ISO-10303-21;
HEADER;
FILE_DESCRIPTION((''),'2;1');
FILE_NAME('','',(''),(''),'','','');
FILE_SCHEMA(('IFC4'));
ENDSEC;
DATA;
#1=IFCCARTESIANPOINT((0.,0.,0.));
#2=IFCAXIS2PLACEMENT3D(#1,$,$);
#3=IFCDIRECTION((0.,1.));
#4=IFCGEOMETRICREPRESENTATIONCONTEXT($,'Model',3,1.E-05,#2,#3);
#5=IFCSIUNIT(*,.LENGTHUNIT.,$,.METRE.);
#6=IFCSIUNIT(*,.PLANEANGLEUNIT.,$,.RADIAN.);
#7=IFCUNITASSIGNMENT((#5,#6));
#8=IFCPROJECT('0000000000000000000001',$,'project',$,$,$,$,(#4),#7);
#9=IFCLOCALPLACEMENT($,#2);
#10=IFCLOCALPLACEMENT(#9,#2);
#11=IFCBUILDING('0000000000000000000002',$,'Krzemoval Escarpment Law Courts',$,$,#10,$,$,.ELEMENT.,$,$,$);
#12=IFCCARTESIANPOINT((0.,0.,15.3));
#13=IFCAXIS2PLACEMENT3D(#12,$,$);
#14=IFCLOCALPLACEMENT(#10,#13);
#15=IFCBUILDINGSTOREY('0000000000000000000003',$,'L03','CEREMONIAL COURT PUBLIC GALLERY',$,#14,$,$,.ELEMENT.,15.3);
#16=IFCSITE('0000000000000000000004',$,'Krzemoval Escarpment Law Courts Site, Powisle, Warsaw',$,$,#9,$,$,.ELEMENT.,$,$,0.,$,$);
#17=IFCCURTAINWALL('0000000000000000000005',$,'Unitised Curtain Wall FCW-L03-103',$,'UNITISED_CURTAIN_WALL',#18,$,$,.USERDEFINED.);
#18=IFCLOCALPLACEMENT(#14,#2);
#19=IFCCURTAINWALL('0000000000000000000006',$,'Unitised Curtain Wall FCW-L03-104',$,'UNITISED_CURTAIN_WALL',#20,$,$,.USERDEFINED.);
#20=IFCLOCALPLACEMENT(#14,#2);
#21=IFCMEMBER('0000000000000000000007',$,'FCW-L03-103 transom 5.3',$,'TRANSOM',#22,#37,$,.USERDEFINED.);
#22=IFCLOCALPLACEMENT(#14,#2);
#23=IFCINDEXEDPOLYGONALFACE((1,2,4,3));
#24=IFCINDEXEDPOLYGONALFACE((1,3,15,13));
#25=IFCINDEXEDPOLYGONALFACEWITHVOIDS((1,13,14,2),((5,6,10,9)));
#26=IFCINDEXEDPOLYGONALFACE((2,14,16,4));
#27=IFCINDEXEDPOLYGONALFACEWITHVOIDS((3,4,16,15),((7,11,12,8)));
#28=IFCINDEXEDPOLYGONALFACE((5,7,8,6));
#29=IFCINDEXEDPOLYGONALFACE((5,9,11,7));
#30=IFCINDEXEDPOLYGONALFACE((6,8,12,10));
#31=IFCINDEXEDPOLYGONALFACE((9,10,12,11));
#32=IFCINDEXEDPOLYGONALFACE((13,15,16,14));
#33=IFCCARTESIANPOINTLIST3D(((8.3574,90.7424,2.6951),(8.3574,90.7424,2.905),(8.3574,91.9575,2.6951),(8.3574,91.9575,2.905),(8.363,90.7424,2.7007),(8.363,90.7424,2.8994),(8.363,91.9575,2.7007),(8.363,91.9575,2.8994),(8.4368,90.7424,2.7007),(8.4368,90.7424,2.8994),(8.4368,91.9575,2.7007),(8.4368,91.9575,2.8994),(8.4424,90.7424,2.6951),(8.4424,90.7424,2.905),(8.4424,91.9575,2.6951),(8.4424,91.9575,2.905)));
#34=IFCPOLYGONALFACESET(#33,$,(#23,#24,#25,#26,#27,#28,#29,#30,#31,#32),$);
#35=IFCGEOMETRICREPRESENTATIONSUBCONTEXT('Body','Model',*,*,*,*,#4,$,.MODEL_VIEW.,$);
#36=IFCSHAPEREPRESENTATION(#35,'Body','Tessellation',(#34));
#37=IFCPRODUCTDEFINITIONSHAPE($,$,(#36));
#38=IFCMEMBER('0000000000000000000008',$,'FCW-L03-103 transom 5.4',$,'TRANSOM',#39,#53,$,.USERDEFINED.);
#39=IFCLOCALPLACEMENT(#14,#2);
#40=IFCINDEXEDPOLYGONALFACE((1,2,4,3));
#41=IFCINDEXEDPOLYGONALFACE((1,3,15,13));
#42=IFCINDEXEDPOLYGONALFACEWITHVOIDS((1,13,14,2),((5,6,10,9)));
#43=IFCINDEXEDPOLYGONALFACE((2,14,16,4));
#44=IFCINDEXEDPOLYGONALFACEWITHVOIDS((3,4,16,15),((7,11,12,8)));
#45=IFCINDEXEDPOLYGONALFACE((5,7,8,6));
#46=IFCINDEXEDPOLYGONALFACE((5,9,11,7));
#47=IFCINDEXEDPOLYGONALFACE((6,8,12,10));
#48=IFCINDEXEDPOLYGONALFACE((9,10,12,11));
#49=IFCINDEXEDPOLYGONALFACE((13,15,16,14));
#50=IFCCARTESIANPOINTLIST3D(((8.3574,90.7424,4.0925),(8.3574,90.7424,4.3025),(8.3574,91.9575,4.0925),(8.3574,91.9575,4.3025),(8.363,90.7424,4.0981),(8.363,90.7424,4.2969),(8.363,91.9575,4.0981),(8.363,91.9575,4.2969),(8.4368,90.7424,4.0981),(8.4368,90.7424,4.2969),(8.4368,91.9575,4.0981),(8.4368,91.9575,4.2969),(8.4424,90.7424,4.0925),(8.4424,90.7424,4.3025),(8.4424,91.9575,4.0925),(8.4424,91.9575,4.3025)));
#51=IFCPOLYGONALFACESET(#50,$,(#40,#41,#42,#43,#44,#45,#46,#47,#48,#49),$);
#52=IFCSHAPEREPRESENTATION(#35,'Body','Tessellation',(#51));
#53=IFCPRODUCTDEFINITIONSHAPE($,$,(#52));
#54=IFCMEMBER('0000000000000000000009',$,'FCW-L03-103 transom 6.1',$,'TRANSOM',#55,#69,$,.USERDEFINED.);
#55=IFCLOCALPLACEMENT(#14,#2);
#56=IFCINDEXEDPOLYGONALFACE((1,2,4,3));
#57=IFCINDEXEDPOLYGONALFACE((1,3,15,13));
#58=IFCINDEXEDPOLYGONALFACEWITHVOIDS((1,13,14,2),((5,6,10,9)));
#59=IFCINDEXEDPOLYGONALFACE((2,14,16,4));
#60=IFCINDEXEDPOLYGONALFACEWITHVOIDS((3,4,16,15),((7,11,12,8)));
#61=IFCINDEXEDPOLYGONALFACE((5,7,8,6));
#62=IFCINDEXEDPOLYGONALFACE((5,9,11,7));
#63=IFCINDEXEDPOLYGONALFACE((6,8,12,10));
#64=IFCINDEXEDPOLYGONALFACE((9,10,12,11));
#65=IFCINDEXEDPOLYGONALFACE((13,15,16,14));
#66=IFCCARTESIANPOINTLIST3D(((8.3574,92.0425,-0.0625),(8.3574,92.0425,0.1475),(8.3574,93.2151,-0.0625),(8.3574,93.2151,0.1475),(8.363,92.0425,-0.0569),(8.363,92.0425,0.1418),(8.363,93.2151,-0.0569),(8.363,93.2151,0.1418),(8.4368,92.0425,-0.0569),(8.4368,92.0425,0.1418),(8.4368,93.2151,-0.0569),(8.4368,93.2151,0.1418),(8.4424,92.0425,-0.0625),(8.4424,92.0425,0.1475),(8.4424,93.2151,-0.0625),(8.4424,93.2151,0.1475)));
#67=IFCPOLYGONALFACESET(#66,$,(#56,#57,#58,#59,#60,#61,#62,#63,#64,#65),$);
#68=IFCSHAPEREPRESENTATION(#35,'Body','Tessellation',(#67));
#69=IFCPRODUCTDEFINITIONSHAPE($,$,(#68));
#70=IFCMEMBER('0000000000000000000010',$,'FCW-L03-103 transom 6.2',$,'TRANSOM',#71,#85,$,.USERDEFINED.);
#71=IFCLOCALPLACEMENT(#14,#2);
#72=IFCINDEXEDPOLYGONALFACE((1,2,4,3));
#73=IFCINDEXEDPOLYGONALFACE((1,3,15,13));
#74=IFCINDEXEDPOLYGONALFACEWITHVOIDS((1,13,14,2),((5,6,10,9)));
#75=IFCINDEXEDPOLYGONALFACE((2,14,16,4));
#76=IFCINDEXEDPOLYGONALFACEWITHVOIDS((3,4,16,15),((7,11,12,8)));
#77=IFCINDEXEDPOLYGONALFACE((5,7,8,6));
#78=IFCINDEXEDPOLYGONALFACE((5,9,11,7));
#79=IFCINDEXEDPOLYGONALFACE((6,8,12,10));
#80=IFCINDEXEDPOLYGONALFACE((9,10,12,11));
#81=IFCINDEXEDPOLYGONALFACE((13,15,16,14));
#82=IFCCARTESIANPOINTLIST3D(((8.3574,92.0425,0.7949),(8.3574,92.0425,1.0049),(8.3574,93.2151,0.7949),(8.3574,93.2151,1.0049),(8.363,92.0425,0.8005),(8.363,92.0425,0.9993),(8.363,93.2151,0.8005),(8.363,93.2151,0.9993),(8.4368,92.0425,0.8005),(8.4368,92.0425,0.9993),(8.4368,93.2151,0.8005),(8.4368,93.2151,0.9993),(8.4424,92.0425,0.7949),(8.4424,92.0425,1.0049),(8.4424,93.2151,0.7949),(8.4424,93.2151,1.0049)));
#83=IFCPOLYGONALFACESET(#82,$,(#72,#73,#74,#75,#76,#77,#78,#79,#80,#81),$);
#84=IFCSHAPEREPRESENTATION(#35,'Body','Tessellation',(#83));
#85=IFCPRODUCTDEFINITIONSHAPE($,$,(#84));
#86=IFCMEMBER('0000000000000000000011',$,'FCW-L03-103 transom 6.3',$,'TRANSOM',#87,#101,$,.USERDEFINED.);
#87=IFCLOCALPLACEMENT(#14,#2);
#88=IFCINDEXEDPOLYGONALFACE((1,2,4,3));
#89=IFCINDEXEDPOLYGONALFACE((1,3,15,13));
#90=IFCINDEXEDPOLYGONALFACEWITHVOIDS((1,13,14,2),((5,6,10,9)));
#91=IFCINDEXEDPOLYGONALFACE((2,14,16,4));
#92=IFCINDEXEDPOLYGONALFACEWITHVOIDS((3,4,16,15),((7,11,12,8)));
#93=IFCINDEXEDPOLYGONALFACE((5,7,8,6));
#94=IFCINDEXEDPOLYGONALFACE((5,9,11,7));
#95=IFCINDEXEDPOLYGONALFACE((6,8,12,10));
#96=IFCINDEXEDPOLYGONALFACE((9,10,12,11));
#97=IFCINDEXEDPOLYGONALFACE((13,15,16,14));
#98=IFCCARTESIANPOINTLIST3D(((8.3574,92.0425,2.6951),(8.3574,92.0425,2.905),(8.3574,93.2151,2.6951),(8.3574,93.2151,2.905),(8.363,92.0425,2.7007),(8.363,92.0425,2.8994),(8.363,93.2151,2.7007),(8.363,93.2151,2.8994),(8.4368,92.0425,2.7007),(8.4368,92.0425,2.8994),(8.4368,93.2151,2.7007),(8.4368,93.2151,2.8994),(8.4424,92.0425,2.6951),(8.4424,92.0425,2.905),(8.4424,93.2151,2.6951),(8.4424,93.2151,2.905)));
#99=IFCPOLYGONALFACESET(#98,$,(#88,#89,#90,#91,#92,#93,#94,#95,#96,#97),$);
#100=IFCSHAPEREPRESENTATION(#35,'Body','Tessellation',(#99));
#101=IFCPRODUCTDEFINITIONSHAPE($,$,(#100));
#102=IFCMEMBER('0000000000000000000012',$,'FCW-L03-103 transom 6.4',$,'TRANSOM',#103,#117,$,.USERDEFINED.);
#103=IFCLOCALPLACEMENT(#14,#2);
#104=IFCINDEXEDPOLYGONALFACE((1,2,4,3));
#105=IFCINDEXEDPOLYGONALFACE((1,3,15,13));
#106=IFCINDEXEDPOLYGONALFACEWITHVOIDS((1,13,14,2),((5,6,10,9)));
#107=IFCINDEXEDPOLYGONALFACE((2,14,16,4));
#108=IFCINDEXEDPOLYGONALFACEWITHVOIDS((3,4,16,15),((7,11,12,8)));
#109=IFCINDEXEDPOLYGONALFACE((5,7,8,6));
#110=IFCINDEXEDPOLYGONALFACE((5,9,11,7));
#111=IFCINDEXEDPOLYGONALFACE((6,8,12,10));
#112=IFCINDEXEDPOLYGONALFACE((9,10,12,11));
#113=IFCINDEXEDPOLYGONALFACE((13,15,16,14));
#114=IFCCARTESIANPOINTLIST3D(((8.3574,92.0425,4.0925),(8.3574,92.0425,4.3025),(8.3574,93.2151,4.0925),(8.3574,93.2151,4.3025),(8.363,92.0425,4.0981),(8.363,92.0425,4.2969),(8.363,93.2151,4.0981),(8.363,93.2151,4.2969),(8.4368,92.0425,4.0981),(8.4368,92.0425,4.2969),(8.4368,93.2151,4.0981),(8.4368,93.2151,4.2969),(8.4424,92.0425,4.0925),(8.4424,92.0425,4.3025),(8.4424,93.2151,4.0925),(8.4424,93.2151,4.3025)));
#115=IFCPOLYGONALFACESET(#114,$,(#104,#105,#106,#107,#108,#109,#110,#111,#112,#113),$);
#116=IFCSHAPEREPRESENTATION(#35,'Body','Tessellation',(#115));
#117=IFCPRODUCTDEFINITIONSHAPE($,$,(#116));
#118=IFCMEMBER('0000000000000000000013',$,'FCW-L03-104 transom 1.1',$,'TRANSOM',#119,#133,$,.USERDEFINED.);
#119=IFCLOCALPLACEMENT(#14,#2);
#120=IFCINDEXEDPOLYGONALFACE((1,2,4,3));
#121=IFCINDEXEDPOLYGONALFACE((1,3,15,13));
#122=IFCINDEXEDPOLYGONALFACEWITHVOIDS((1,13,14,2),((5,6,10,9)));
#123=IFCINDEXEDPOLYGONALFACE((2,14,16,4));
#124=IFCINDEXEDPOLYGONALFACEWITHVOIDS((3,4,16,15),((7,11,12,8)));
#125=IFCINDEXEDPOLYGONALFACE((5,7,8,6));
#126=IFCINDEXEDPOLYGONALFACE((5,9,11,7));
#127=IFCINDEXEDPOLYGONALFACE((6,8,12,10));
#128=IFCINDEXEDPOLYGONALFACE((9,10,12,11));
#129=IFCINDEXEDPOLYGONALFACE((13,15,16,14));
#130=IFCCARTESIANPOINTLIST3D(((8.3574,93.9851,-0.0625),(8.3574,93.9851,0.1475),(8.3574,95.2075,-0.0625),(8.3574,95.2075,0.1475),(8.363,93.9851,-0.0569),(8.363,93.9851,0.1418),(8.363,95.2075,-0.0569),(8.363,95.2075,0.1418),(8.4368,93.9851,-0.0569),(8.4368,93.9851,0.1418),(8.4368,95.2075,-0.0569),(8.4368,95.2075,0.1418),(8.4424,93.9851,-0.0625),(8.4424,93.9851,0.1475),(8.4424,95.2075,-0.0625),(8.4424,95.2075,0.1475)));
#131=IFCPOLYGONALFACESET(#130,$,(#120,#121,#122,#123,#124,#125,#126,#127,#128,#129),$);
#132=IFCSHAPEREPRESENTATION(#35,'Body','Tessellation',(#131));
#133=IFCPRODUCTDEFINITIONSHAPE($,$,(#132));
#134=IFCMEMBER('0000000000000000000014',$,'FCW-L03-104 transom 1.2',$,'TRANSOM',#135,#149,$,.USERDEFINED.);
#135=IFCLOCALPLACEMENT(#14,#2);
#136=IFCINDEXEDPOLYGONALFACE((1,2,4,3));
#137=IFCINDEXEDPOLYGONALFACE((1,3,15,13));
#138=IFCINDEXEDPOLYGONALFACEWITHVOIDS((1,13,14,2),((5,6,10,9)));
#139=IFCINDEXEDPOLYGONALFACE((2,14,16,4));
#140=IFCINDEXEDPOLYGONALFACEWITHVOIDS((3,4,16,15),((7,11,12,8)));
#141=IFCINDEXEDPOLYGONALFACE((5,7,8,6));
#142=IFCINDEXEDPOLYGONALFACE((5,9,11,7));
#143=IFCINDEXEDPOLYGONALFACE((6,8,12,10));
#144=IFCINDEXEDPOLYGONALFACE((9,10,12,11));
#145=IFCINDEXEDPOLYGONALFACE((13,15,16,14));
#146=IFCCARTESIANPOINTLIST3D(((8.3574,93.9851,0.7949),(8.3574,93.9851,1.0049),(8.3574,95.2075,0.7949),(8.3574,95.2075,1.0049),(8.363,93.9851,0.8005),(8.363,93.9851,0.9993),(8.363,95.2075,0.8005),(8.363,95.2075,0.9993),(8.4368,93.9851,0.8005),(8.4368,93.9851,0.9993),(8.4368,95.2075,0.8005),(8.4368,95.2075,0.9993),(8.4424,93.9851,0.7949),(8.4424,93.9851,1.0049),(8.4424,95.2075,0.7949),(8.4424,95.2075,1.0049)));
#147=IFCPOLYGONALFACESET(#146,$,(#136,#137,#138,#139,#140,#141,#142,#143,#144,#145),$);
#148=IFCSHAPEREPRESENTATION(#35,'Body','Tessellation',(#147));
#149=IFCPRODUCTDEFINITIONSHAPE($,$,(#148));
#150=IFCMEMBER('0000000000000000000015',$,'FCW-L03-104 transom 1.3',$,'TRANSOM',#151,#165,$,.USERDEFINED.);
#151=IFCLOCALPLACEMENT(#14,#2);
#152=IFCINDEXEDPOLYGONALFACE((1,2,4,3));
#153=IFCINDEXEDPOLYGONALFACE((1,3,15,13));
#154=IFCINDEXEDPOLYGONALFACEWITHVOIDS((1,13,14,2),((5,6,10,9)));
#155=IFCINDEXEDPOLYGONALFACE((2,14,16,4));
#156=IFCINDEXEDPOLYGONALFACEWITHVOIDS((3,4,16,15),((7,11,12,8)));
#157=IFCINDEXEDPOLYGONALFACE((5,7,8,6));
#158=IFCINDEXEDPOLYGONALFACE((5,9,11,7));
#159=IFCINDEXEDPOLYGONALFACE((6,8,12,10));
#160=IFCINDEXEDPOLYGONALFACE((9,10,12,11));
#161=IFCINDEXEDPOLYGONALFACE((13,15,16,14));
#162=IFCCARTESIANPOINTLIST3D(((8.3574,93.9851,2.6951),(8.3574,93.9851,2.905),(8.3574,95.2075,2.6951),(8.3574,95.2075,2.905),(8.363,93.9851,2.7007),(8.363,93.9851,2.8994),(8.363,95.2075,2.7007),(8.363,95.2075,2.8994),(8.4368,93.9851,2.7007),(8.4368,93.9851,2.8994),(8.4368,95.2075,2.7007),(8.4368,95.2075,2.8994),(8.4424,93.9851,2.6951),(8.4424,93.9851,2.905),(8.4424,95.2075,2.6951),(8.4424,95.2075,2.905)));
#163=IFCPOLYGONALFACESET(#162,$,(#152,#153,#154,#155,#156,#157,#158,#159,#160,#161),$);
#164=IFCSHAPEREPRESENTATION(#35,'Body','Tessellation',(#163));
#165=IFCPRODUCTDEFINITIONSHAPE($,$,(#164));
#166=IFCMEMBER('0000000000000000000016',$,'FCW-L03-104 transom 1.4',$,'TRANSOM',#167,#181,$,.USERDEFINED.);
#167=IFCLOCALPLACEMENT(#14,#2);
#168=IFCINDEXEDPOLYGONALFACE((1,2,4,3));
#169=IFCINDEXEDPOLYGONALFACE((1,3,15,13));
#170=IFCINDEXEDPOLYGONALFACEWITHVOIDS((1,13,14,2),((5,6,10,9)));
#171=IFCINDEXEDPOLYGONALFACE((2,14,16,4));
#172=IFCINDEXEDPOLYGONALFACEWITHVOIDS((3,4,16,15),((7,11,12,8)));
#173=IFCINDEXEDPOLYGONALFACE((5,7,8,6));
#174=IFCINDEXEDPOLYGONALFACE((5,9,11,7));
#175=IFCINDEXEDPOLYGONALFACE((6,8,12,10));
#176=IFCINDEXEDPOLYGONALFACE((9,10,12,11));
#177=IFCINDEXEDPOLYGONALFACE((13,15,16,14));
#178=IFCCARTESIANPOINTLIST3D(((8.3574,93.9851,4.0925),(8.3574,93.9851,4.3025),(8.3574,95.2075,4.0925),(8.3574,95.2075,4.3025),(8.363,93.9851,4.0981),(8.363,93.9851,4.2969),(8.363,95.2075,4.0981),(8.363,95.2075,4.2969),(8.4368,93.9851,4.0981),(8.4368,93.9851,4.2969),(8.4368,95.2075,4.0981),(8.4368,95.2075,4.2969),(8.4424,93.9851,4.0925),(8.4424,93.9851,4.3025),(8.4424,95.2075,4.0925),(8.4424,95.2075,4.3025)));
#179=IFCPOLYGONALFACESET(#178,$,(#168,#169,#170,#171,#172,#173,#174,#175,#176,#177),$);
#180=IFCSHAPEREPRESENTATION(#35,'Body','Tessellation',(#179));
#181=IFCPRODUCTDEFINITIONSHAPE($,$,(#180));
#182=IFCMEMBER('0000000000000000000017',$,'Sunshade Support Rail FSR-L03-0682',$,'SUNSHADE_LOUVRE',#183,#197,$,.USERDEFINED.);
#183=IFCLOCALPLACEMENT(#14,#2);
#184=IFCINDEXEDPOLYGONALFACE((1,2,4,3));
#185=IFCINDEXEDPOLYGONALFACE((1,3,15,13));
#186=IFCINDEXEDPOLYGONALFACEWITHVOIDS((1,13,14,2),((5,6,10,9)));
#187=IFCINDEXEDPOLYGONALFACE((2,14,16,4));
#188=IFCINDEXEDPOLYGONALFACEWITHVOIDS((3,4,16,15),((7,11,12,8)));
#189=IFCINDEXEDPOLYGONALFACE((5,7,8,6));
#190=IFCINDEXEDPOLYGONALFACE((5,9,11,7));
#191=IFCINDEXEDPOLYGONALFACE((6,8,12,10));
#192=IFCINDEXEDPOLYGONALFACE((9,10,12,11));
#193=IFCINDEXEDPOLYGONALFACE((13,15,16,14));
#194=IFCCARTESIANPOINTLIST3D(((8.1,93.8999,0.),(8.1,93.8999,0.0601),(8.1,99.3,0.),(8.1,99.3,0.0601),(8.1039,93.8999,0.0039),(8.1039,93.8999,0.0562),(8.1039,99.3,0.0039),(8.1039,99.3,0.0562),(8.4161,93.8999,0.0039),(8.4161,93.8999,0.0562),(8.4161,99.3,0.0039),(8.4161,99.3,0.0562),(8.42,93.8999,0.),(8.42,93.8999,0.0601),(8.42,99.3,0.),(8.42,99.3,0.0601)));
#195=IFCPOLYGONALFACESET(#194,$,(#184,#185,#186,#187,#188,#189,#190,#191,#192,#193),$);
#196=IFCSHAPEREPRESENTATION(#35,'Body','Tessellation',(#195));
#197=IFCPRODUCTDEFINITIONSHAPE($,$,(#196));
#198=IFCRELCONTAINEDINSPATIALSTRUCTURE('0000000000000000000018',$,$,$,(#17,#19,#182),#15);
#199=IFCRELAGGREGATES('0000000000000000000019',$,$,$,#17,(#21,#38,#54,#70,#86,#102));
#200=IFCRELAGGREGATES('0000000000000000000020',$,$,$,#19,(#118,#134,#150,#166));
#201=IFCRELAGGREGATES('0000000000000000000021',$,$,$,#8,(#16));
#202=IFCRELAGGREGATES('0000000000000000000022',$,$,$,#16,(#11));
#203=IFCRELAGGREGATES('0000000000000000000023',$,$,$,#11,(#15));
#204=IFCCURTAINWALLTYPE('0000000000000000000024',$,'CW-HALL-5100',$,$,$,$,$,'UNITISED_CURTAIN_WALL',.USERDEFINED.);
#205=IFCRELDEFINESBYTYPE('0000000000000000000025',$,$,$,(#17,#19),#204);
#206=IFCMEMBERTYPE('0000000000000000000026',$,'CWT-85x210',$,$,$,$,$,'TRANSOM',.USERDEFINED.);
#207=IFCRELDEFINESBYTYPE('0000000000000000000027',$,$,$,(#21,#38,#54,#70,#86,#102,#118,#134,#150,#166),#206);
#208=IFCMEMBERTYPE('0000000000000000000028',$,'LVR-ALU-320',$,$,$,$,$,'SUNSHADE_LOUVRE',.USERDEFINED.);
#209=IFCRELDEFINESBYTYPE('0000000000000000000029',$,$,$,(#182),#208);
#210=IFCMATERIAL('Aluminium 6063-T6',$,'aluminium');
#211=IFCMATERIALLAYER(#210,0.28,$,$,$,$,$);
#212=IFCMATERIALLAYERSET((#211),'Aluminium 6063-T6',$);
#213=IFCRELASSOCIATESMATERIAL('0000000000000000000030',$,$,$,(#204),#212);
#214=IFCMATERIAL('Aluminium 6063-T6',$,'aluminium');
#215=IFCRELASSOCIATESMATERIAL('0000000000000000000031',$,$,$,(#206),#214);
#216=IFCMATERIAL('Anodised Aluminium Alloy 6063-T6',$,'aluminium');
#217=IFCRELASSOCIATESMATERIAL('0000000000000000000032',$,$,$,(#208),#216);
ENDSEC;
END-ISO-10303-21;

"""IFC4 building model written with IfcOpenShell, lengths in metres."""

from ifc_helpers import new_model, si_unit, direction, frame, origin, origin_2d, place, context, subcontext, project, spatial, hollow_rectangle, extrude, material, layer, layer_set, material_profile, profile_set, type_object, element, aggregate, save


model = new_model("IFC4")

# Units and contexts
model_context = context("Model", 3, precision=1e-05, world=origin(), true_north=direction((0.0, 1.0)))
body_context = subcontext(model_context, "Body", "Model", "MODEL_VIEW")
ifc_project = project(units=[si_unit("LENGTHUNIT", "METRE"), si_unit("PLANEANGLEUNIT", "RADIAN")], contexts=[model_context])

# Site, building, storey
site_placement = place(None, origin())
site = spatial("IfcSite", under=ifc_project, at=site_placement, Name="Krzemoval Escarpment Law Courts Site, Powisle, Warsaw", CompositionType="ELEMENT", RefElevation=0.0)
building_placement = place(site_placement, origin())
building = spatial("IfcBuilding", under=site, at=building_placement, Name="Krzemoval Escarpment Law Courts", CompositionType="ELEMENT")
storey_placement = place(building_placement, frame((0.0, 0.0, 15.3)))
storey = spatial("IfcBuildingStorey", under=building, at=storey_placement, Name="L03", Description="CEREMONIAL COURT PUBLIC GALLERY", CompositionType="ELEMENT", Elevation=15.3)

# Curtain wall
ifc_material_1 = material(Name="Aluminium 6063-T6", Category="aluminium")
ifc_layer_1 = layer(ifc_material_1, 0.28)
ifc_layer_set_1 = layer_set([ifc_layer_1], Name="Aluminium 6063-T6")
curtain_wall_type = type_object("IfcCurtainWallType", Name="CW-HALL-5100", ElementType="UNITISED_CURTAIN_WALL", PredefinedType="USERDEFINED", material=ifc_layer_set_1)
curtain_wall_1_placement = place(storey_placement, origin())
curtain_wall_1 = element("IfcCurtainWall", 1, at=curtain_wall_1_placement, inside=storey, type_object=curtain_wall_type, Name="Unitised Curtain Wall FCW-L03-103", ObjectType="UNITISED_CURTAIN_WALL", PredefinedType="USERDEFINED")

# Curtain wall
curtain_wall_2_placement = place(storey_placement, origin())
curtain_wall_2 = element("IfcCurtainWall", 2, at=curtain_wall_2_placement, inside=storey, type_object=curtain_wall_type, Name="Unitised Curtain Wall FCW-L03-104", ObjectType="UNITISED_CURTAIN_WALL", PredefinedType="USERDEFINED")

# Members
ifc_material_2 = material(Name="Aluminium 6063-T6", Category="aluminium")
ifc_material_profile_1 = material_profile(ifc_material_2, hollow_rectangle(XDim=0.085, YDim=0.21, WallThickness=0.0056, at=origin_2d()), Name="ALU T85x210")
ifc_profile_set_1 = profile_set([ifc_material_profile_1], Name="Aluminium 6063-T6")
member_type_1 = type_object("IfcMemberType", Name="CWT-85x210", ElementType="TRANSOM", PredefinedType="USERDEFINED", material=ifc_profile_set_1)
member_1_placement = place(storey_placement, frame((8.3999, 90.7424, 2.8), z_axis=(0.0, 1.0, 0.0), x_axis=(-1.0, 0.0, 0.0)))
member_1 = element("IfcMember", 3, at=member_1_placement, type_object=member_type_1, Name="FCW-L03-103 transom 5.3", ObjectType="TRANSOM", PredefinedType="USERDEFINED", context=body_context, shape_type="SweptSolid", body=[
    extrude(hollow_rectangle(XDim=0.085, YDim=0.21, WallThickness=0.0056, at=origin_2d()), origin(), (0.0, 0.0, 1.0), 1.2151),
])
member_2_placement = place(storey_placement, frame((8.3999, 90.7424, 4.1975), z_axis=(0.0, 1.0, 0.0), x_axis=(-1.0, 0.0, 0.0)))
member_2 = element("IfcMember", 4, at=member_2_placement, type_object=member_type_1, Name="FCW-L03-103 transom 5.4", ObjectType="TRANSOM", PredefinedType="USERDEFINED", context=body_context, shape_type="SweptSolid", body=[
    extrude(hollow_rectangle(XDim=0.085, YDim=0.21, WallThickness=0.0056, at=origin_2d()), origin(), (0.0, 0.0, 1.0), 1.2151),
])
member_3_placement = place(storey_placement, frame((8.3999, 92.0425, 0.0425), z_axis=(0.0, 1.0, 0.0), x_axis=(-1.0, 0.0, 0.0)))
member_3 = element("IfcMember", 5, at=member_3_placement, type_object=member_type_1, Name="FCW-L03-103 transom 6.1", ObjectType="TRANSOM", PredefinedType="USERDEFINED", context=body_context, shape_type="SweptSolid", body=[
    extrude(hollow_rectangle(XDim=0.085, YDim=0.21, WallThickness=0.0056, at=origin_2d()), origin(), (0.0, 0.0, 1.0), 1.1726),
])
member_4_placement = place(storey_placement, frame((8.3999, 92.0425, 0.8999), z_axis=(0.0, 1.0, 0.0), x_axis=(-1.0, 0.0, 0.0)))
member_4 = element("IfcMember", 6, at=member_4_placement, type_object=member_type_1, Name="FCW-L03-103 transom 6.2", ObjectType="TRANSOM", PredefinedType="USERDEFINED", context=body_context, shape_type="SweptSolid", body=[
    extrude(hollow_rectangle(XDim=0.085, YDim=0.21, WallThickness=0.0056, at=origin_2d()), origin(), (0.0, 0.0, 1.0), 1.1726),
])
member_5_placement = place(storey_placement, frame((8.3999, 92.0425, 2.8), z_axis=(0.0, 1.0, 0.0), x_axis=(-1.0, 0.0, 0.0)))
member_5 = element("IfcMember", 7, at=member_5_placement, type_object=member_type_1, Name="FCW-L03-103 transom 6.3", ObjectType="TRANSOM", PredefinedType="USERDEFINED", context=body_context, shape_type="SweptSolid", body=[
    extrude(hollow_rectangle(XDim=0.085, YDim=0.21, WallThickness=0.0056, at=origin_2d()), origin(), (0.0, 0.0, 1.0), 1.1726),
])
member_6_placement = place(storey_placement, frame((8.3999, 92.0425, 4.1975), z_axis=(0.0, 1.0, 0.0), x_axis=(-1.0, 0.0, 0.0)))
member_6 = element("IfcMember", 8, at=member_6_placement, type_object=member_type_1, Name="FCW-L03-103 transom 6.4", ObjectType="TRANSOM", PredefinedType="USERDEFINED", context=body_context, shape_type="SweptSolid", body=[
    extrude(hollow_rectangle(XDim=0.085, YDim=0.21, WallThickness=0.0056, at=origin_2d()), origin(), (0.0, 0.0, 1.0), 1.1726),
])
member_7_placement = place(storey_placement, frame((8.3999, 93.9851, 0.0425), z_axis=(0.0, 1.0, 0.0), x_axis=(-1.0, 0.0, 0.0)))
member_7 = element("IfcMember", 9, at=member_7_placement, type_object=member_type_1, Name="FCW-L03-104 transom 1.1", ObjectType="TRANSOM", PredefinedType="USERDEFINED", context=body_context, shape_type="SweptSolid", body=[
    extrude(hollow_rectangle(XDim=0.085, YDim=0.21, WallThickness=0.0056, at=origin_2d()), origin(), (0.0, 0.0, 1.0), 1.2224),
])
member_8_placement = place(storey_placement, frame((8.3999, 93.9851, 0.8999), z_axis=(0.0, 1.0, 0.0), x_axis=(-1.0, 0.0, 0.0)))
member_8 = element("IfcMember", 10, at=member_8_placement, type_object=member_type_1, Name="FCW-L03-104 transom 1.2", ObjectType="TRANSOM", PredefinedType="USERDEFINED", context=body_context, shape_type="SweptSolid", body=[
    extrude(hollow_rectangle(XDim=0.085, YDim=0.21, WallThickness=0.0056, at=origin_2d()), origin(), (0.0, 0.0, 1.0), 1.2224),
])
member_9_placement = place(storey_placement, frame((8.3999, 93.9851, 2.8), z_axis=(0.0, 1.0, 0.0), x_axis=(-1.0, 0.0, 0.0)))
member_9 = element("IfcMember", 11, at=member_9_placement, type_object=member_type_1, Name="FCW-L03-104 transom 1.3", ObjectType="TRANSOM", PredefinedType="USERDEFINED", context=body_context, shape_type="SweptSolid", body=[
    extrude(hollow_rectangle(XDim=0.085, YDim=0.21, WallThickness=0.0056, at=origin_2d()), origin(), (0.0, 0.0, 1.0), 1.2224),
])
member_10_placement = place(storey_placement, frame((8.3999, 93.9851, 4.1975), z_axis=(0.0, 1.0, 0.0), x_axis=(-1.0, 0.0, 0.0)))
member_10 = element("IfcMember", 12, at=member_10_placement, type_object=member_type_1, Name="FCW-L03-104 transom 1.4", ObjectType="TRANSOM", PredefinedType="USERDEFINED", context=body_context, shape_type="SweptSolid", body=[
    extrude(hollow_rectangle(XDim=0.085, YDim=0.21, WallThickness=0.0056, at=origin_2d()), origin(), (0.0, 0.0, 1.0), 1.2224),
])

# Member
ifc_material_3 = material(Name="Anodised Aluminium Alloy 6063-T6", Category="aluminium")
ifc_material_profile_2 = material_profile(ifc_material_3, hollow_rectangle(XDim=0.0601, YDim=0.3201, WallThickness=0.0039, at=origin_2d()), Name="ALU LVR 60x320")
ifc_profile_set_2 = profile_set([ifc_material_profile_2], Name="Anodised Aluminium Alloy 6063-T6")
member_type_2 = type_object("IfcMemberType", Name="LVR-ALU-320", ElementType="SUNSHADE_LOUVRE", PredefinedType="USERDEFINED", material=ifc_profile_set_2)
for number, where, z_axis, x_axis, name in (
    (13, (8.26, 93.8999, 0.03), (0.0, 1.0, 0.0), (0.0, 0.0, 1.0), "Sunshade Support Rail FSR-L03-0682"),
):
    element("IfcMember", number, at=place(storey_placement, frame(where, z_axis=z_axis, x_axis=x_axis)), inside=storey, type_object=member_type_2, Name=name, ObjectType="SUNSHADE_LOUVRE", PredefinedType="USERDEFINED", context=body_context, shape_type="SweptSolid", body=[
        extrude(hollow_rectangle(XDim=0.0601, YDim=0.3201, WallThickness=0.0039, at=origin_2d()), origin(), (0.0, 0.0, 1.0), 5.4001),
    ])

aggregate(curtain_wall_1, [member_1, member_2, member_3, member_4, member_5, member_6])
aggregate(curtain_wall_2, [member_7, member_8, member_9, member_10])

save(model, "model.ifc")
